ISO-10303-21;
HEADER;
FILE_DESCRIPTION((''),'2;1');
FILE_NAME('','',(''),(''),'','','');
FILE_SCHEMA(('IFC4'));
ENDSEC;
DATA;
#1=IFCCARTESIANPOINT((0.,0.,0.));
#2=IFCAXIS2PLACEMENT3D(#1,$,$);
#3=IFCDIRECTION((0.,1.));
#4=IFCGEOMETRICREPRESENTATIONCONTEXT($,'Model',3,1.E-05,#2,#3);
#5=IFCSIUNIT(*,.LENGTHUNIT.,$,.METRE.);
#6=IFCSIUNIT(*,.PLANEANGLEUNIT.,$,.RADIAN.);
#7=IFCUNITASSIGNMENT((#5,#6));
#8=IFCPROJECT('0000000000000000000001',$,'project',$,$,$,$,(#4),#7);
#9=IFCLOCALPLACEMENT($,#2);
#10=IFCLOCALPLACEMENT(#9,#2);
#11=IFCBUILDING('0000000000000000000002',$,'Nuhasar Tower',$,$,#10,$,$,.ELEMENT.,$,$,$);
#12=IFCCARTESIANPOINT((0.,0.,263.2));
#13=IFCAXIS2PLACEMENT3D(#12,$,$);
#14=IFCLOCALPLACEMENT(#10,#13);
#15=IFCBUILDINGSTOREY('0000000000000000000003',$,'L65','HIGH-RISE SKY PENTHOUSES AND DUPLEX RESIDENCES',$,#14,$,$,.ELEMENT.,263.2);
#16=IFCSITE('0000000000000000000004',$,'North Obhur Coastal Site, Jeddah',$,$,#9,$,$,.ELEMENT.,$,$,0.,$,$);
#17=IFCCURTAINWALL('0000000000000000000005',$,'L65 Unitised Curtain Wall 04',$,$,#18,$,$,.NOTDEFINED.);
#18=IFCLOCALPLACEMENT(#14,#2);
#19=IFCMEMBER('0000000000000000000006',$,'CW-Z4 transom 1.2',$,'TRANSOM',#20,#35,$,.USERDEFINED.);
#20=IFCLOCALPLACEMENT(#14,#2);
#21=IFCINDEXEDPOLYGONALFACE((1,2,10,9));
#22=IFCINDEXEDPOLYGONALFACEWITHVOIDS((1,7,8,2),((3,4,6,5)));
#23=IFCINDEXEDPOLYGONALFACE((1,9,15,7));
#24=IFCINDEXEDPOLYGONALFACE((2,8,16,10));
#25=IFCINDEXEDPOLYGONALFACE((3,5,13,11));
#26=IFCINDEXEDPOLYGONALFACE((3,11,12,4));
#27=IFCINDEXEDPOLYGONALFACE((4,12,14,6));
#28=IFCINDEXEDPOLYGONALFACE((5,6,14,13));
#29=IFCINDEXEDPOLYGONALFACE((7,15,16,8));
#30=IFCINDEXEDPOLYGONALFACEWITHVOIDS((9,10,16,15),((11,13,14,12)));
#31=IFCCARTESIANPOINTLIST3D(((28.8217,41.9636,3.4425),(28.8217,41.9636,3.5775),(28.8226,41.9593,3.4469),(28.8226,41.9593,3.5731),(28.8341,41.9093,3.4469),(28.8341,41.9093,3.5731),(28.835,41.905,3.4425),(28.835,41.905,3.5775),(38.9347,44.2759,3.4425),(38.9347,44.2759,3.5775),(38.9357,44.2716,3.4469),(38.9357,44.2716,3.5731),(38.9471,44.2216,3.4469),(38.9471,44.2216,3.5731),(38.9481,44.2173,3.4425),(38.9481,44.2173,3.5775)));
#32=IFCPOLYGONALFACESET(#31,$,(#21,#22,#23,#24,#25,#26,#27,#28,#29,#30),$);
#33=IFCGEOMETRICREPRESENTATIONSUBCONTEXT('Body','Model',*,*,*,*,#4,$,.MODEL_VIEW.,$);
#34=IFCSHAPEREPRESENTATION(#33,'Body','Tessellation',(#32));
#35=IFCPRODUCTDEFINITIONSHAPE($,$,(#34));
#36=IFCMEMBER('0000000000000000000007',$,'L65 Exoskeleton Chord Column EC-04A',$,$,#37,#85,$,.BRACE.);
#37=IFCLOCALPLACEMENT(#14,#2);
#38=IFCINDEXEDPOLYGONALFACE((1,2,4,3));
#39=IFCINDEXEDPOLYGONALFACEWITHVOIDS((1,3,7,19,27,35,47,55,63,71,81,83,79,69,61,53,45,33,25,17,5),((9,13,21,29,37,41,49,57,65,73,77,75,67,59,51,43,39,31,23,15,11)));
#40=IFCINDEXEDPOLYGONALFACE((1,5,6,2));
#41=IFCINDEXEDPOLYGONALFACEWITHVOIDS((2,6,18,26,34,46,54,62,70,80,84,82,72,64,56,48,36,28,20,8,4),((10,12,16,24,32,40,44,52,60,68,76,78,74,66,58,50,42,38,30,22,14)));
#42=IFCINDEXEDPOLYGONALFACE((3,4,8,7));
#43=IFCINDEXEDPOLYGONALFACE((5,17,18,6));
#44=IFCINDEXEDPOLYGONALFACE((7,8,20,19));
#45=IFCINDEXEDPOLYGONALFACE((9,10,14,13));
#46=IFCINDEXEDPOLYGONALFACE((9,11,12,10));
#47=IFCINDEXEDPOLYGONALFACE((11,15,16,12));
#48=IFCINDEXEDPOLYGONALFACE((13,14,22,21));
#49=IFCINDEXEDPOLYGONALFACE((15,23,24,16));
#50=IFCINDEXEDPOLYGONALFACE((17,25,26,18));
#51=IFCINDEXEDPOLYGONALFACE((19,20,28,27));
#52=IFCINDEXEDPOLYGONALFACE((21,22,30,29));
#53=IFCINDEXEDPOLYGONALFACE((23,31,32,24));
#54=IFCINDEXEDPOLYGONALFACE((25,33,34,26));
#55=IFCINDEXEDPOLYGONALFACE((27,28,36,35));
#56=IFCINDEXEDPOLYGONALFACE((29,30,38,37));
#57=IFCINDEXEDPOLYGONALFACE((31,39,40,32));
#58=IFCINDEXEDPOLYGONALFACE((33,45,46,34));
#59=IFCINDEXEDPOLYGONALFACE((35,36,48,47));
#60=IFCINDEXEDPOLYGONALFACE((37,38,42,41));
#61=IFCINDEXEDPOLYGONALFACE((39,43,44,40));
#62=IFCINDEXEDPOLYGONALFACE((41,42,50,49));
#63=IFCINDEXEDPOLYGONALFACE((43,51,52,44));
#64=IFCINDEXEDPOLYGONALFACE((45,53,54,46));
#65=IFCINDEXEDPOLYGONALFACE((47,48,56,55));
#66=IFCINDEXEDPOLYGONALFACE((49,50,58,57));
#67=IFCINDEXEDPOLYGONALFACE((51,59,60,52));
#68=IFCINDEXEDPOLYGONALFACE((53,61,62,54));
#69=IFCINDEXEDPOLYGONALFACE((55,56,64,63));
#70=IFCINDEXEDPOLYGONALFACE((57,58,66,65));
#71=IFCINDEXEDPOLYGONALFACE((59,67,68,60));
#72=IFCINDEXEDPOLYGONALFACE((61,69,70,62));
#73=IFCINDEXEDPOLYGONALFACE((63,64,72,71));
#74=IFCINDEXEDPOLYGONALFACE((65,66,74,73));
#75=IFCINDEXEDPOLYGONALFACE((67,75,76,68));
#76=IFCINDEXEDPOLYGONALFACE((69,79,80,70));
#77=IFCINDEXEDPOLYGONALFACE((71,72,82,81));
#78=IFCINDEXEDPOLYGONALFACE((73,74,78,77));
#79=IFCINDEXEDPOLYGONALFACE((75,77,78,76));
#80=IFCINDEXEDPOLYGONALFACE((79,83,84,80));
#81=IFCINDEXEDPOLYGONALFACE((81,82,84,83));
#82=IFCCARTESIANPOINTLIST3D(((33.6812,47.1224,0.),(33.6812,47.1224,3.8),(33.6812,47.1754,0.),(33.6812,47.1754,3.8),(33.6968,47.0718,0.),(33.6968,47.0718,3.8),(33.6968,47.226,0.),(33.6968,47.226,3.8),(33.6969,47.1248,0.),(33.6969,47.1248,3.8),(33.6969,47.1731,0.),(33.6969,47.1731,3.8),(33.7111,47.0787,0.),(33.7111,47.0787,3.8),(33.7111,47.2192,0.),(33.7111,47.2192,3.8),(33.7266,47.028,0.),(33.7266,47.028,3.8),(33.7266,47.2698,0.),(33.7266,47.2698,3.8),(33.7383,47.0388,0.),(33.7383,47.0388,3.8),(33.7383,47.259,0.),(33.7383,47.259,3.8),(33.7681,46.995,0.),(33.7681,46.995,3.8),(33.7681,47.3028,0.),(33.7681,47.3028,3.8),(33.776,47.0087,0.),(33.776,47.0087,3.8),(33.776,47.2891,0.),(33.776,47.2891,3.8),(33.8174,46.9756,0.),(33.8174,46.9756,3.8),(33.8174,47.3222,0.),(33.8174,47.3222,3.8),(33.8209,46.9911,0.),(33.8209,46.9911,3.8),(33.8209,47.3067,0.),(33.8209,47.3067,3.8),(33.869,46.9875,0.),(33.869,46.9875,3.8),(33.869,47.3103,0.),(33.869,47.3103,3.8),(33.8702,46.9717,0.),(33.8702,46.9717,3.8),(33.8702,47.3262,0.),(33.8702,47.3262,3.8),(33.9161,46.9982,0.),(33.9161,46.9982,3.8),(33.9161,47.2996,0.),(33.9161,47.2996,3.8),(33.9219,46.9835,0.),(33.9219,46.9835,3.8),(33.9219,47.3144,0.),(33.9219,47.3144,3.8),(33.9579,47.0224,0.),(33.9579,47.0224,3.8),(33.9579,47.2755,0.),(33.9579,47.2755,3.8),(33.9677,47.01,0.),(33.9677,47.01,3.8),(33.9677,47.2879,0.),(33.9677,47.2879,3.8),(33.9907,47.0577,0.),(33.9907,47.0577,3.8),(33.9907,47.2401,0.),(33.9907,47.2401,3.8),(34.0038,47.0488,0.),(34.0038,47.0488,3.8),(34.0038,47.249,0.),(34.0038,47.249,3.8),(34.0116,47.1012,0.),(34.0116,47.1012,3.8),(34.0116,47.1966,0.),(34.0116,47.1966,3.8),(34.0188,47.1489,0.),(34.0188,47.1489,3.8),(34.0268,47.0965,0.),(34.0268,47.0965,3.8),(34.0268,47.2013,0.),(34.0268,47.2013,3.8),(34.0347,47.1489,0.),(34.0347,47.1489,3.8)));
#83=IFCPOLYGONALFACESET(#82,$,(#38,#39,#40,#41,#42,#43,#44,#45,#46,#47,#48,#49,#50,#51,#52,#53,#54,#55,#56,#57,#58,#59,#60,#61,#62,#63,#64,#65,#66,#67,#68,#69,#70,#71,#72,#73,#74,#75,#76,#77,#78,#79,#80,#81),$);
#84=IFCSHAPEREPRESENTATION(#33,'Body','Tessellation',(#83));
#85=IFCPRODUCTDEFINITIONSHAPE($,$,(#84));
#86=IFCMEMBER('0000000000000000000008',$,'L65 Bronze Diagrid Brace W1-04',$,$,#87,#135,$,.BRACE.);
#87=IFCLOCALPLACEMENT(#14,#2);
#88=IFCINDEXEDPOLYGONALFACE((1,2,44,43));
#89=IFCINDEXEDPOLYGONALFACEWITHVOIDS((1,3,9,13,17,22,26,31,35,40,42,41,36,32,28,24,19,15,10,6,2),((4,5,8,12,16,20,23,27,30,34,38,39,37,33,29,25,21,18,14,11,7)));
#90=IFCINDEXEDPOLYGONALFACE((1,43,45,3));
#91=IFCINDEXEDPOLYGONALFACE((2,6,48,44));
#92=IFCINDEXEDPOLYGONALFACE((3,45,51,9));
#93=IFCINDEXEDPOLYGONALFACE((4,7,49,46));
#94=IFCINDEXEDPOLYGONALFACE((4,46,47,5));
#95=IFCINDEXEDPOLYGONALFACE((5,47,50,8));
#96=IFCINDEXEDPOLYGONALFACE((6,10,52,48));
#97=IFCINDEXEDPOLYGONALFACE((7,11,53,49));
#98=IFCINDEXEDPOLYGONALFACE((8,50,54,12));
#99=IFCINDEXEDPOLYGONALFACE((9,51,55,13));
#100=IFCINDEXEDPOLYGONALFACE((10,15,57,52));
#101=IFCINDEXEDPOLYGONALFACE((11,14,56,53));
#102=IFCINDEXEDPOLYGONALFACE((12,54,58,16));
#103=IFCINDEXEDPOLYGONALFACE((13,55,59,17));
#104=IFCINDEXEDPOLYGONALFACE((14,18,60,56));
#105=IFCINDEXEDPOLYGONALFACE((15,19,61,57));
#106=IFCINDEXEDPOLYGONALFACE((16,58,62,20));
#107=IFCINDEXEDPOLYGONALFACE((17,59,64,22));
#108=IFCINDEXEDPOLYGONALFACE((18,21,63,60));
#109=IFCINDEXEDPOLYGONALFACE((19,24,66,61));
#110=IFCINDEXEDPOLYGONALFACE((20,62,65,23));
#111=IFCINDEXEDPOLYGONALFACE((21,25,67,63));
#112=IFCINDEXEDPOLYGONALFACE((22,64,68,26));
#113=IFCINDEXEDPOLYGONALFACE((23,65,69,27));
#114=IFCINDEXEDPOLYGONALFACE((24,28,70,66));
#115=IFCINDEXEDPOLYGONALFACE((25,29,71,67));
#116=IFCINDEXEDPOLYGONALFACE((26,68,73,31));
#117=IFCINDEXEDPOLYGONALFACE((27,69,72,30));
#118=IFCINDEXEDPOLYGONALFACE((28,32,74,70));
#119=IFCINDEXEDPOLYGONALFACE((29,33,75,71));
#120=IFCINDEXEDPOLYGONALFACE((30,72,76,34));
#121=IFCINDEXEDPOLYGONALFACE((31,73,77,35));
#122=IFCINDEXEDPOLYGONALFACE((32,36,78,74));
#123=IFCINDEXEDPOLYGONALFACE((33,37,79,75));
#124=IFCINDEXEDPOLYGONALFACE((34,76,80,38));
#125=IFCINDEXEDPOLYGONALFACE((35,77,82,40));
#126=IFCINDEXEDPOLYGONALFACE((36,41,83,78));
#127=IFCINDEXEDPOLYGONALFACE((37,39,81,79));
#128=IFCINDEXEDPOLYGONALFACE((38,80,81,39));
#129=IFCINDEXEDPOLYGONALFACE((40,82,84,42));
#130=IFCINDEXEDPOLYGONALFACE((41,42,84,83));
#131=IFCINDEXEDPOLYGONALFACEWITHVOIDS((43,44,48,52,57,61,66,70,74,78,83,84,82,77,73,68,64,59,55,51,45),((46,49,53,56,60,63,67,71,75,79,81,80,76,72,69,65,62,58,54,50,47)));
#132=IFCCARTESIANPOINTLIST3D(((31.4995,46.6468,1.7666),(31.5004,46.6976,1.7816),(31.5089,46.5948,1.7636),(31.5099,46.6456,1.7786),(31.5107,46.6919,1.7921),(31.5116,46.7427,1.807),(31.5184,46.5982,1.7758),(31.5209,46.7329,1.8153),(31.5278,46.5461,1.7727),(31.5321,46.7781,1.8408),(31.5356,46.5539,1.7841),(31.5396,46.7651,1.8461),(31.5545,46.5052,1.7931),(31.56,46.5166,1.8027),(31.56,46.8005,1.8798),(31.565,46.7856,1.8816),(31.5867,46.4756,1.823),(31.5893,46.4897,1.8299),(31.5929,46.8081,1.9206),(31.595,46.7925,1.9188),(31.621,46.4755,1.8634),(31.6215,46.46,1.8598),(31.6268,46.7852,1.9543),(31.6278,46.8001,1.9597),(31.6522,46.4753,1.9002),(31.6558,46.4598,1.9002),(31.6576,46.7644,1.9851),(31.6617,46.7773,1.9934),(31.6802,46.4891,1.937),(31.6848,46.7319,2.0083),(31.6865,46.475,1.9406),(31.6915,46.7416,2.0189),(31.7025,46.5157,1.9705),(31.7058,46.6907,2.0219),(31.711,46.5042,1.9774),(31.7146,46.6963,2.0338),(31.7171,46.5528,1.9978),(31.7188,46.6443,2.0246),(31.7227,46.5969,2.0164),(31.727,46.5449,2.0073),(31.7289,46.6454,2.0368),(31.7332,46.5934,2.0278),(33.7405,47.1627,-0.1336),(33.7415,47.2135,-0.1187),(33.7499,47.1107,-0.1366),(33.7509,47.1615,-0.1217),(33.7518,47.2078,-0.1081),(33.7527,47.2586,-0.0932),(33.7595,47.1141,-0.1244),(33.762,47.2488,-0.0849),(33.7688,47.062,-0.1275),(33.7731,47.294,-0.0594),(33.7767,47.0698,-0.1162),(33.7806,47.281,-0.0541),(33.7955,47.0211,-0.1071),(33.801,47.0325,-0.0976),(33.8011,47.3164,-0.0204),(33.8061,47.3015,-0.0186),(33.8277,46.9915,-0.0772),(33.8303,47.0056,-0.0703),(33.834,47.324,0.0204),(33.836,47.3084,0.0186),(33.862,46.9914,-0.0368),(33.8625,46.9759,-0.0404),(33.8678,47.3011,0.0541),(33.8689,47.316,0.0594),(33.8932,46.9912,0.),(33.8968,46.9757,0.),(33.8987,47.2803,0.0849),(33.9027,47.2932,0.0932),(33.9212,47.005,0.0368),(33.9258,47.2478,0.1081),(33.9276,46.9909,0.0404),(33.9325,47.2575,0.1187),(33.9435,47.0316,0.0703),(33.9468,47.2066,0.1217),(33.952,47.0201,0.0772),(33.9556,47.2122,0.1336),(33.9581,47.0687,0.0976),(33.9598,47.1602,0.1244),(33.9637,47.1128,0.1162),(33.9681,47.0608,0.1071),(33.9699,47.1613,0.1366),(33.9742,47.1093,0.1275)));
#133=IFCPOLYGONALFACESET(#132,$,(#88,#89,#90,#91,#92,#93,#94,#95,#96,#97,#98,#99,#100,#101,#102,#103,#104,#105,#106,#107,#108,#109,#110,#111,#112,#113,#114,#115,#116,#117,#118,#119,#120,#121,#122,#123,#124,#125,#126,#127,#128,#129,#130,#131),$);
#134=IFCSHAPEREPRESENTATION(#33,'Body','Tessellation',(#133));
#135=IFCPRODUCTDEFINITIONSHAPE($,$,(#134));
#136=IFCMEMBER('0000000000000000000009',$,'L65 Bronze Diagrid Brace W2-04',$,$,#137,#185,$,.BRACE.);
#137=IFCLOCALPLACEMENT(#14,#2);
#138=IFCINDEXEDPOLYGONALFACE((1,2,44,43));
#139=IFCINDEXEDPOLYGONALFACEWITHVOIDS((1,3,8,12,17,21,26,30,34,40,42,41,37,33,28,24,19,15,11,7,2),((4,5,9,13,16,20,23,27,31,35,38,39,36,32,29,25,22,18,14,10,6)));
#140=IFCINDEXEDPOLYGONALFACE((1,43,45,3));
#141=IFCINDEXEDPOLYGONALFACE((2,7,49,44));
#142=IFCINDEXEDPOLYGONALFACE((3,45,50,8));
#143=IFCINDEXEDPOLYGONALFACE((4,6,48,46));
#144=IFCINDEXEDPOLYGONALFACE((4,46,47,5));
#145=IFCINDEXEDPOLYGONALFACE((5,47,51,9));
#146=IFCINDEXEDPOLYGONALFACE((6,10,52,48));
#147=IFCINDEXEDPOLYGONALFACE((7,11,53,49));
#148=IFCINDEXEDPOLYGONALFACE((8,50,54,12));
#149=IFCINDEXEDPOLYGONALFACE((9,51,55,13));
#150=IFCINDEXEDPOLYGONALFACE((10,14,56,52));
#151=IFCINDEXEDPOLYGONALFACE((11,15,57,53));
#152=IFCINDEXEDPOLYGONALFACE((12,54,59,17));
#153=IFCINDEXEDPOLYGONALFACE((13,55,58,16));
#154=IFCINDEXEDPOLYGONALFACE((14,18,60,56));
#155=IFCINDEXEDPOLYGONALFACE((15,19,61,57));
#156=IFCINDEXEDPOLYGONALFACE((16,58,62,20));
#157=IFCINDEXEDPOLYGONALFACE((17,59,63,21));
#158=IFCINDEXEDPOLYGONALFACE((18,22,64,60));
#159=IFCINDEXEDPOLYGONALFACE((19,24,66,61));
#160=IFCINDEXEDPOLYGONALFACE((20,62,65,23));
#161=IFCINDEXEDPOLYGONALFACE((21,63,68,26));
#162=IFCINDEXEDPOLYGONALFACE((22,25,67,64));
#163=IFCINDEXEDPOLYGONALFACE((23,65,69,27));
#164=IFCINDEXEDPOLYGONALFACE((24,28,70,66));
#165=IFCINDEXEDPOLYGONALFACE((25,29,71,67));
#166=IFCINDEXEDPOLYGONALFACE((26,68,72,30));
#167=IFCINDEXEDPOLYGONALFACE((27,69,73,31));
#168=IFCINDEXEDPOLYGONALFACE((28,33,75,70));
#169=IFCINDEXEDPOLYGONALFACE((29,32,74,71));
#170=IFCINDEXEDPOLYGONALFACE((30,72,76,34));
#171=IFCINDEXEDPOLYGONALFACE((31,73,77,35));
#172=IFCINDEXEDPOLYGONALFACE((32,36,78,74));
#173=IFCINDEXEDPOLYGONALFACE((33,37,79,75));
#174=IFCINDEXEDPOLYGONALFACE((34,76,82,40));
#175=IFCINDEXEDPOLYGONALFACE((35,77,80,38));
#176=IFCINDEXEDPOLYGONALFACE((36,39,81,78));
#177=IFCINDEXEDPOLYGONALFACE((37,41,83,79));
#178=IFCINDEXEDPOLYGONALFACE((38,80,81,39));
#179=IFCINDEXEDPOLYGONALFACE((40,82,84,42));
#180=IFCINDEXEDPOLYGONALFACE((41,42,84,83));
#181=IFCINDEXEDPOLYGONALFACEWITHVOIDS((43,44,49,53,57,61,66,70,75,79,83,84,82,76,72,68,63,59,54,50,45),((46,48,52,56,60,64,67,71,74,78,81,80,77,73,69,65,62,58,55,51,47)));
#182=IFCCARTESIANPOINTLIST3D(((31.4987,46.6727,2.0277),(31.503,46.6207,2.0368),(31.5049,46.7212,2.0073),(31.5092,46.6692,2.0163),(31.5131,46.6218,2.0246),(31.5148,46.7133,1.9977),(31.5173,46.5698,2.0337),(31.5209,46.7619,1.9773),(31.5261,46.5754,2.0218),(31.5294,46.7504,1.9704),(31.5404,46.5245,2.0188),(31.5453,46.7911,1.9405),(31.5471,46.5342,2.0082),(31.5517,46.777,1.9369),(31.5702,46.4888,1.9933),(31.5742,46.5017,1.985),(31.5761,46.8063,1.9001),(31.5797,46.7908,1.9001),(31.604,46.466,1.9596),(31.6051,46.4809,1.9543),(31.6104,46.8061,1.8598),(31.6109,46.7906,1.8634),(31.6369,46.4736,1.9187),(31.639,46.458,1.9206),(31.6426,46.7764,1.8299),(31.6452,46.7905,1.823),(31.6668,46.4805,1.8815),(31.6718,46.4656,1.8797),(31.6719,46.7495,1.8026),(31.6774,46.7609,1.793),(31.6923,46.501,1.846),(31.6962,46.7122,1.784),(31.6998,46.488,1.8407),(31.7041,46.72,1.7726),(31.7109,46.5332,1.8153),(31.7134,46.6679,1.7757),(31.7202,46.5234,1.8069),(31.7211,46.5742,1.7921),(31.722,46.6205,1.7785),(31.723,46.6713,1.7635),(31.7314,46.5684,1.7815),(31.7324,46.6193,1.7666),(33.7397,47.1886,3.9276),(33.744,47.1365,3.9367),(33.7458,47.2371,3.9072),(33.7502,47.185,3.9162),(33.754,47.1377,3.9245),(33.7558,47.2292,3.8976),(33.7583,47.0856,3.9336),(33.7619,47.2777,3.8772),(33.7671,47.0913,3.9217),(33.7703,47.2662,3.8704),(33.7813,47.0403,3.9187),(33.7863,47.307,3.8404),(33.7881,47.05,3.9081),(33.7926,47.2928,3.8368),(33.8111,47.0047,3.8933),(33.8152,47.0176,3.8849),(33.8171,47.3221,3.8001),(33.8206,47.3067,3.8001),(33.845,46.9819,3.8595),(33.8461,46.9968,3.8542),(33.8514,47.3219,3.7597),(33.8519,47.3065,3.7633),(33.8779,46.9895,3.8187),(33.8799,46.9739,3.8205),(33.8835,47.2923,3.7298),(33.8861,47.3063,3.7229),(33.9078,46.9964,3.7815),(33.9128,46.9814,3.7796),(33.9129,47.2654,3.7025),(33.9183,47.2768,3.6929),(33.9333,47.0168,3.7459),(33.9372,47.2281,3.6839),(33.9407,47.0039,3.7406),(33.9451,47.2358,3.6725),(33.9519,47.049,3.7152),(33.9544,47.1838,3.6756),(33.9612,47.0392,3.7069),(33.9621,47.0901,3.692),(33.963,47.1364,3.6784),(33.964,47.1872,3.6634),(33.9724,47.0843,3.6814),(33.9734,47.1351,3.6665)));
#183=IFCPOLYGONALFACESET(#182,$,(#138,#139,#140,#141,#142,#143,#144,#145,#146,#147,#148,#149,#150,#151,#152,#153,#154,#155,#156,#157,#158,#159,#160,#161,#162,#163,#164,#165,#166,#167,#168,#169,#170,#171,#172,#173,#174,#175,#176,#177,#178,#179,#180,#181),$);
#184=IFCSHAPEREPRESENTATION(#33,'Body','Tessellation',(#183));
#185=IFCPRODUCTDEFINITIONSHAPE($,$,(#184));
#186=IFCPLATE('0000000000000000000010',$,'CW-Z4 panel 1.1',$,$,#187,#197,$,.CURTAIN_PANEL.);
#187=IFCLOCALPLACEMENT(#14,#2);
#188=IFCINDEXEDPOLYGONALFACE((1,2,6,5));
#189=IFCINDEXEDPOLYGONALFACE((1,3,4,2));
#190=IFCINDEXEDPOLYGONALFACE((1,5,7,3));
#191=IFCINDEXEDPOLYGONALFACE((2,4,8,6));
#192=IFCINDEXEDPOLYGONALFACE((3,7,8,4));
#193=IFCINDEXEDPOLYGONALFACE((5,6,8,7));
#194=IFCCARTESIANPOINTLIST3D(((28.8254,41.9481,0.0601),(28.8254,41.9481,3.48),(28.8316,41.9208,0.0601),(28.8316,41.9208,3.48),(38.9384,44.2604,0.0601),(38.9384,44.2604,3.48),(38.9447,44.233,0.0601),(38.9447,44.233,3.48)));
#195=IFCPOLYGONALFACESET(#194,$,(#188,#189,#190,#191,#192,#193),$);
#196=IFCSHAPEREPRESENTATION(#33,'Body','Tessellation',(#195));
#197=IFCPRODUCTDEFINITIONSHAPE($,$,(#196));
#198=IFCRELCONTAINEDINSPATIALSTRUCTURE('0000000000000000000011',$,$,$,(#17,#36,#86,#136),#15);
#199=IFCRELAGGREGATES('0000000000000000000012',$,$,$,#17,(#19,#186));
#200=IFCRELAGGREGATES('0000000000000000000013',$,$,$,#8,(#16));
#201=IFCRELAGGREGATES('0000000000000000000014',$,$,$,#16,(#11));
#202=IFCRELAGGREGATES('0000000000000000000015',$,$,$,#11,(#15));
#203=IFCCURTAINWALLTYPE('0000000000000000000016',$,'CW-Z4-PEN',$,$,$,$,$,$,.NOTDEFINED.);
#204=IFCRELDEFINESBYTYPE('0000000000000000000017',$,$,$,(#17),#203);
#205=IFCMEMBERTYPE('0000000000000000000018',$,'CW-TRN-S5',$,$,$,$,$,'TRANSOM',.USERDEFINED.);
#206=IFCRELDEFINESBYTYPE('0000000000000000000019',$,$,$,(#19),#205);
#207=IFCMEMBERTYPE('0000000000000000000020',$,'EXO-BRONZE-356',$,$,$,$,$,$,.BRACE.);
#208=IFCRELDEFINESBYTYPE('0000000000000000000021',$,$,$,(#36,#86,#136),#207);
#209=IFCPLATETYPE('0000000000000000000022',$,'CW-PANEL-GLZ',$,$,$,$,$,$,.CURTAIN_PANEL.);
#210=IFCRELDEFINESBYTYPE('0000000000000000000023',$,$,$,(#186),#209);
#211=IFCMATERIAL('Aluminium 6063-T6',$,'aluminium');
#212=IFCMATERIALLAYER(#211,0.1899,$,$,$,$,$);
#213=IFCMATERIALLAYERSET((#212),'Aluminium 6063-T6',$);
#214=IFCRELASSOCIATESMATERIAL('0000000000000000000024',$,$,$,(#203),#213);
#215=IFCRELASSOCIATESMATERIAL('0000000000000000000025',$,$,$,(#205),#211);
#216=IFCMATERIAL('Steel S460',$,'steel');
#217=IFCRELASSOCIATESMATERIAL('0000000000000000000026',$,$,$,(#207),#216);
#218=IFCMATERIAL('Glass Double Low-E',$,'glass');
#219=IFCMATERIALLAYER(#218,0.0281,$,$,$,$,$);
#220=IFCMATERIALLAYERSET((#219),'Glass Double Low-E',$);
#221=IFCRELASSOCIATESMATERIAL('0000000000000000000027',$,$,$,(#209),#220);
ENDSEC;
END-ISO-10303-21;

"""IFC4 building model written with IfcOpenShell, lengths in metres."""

from ifc_helpers import new_model, si_unit, direction, frame, origin, origin_2d, place, context, subcontext, project, spatial, rectangle, hollow_rectangle, hollow_circle, extrude, material, layer, layer_set, material_profile, profile_set, type_object, element, aggregate, save


model = new_model("IFC4")

# Units and contexts
model_context = context("Model", 3, precision=1e-05, world=origin(), true_north=direction((0.0, 1.0)))
body_context = subcontext(model_context, "Body", "Model", "MODEL_VIEW")
ifc_project = project(units=[si_unit("LENGTHUNIT", "METRE"), si_unit("PLANEANGLEUNIT", "RADIAN")], contexts=[model_context])

# Site, building, storey
site_placement = place(None, origin())
site = spatial("IfcSite", under=ifc_project, at=site_placement, Name="North Obhur Coastal Site, Jeddah", CompositionType="ELEMENT", RefElevation=0.0)
building_placement = place(site_placement, origin())
building = spatial("IfcBuilding", under=site, at=building_placement, Name="Nuhasar Tower", CompositionType="ELEMENT")
storey_placement = place(building_placement, frame((0.0, 0.0, 263.2)))
storey = spatial("IfcBuildingStorey", under=building, at=storey_placement, Name="L65", Description="HIGH-RISE SKY PENTHOUSES AND DUPLEX RESIDENCES", CompositionType="ELEMENT", Elevation=263.2)

# Curtain wall, member
ifc_material_1 = material(Name="Aluminium 6063-T6", Category="aluminium")
ifc_layer_1 = layer(ifc_material_1, 0.1899)
ifc_layer_set_1 = layer_set([ifc_layer_1], Name="Aluminium 6063-T6")
curtain_wall_type = type_object("IfcCurtainWallType", Name="CW-Z4-PEN", PredefinedType="NOTDEFINED", material=ifc_layer_set_1)
curtain_wall_placement = place(storey_placement, origin())
curtain_wall = element("IfcCurtainWall", 1, at=curtain_wall_placement, inside=storey, type_object=curtain_wall_type, Name="L65 Unitised Curtain Wall 04", PredefinedType="NOTDEFINED")
ifc_material_profile_1 = material_profile(ifc_material_1, hollow_rectangle(XDim=0.0601, YDim=0.135, WallThickness=0.0044, at=origin_2d()), Name="CWT-5")
ifc_profile_set_1 = profile_set([ifc_material_profile_1], Name="Aluminium 6063-T6")
member_type_1 = type_object("IfcMemberType", Name="CW-TRN-S5", ElementType="TRANSOM", PredefinedType="USERDEFINED", material=ifc_profile_set_1)
member_1_placement = place(storey_placement, frame((38.9414, 44.2466, 3.51), z_axis=(-0.974844, -0.222889, 0.0), x_axis=(0.222889, -0.974844, 0.0)))
member_1 = element("IfcMember", 2, at=member_1_placement, type_object=member_type_1, Name="CW-Z4 transom 1.2", ObjectType="TRANSOM", PredefinedType="USERDEFINED", context=body_context, shape_type="SweptSolid", body=[
    extrude(hollow_rectangle(XDim=0.0601, YDim=0.135, WallThickness=0.0044, at=origin_2d()), origin(), (0.0, 0.0, 1.0), 10.374),
])

# Members
ifc_material_2 = material(Name="Steel S460", Category="steel")
ifc_material_profile_2 = material_profile(ifc_material_2, hollow_circle(Radius=0.1777, WallThickness=0.0159, at=origin_2d()), Name="HSS355.6X15.9")
ifc_profile_set_2 = profile_set([ifc_material_profile_2], Name="Steel S460")
member_type_2 = type_object("IfcMemberType", Name="EXO-BRONZE-356", PredefinedType="BRACE", material=ifc_profile_set_2)
member_2_placement = place(storey_placement, frame((33.8569, 47.1489, 0.0), z_axis=(0.0, 0.0, 1.0), x_axis=(1.0, 0.0, 0.0)))
element("IfcMember", 3, at=member_2_placement, inside=storey, type_object=member_type_2, Name="L65 Exoskeleton Chord Column EC-04A", PredefinedType="BRACE", context=body_context, shape_type="SweptSolid", body=[
    extrude(hollow_circle(Radius=0.1777, WallThickness=0.0159, at=origin_2d()), origin(), (0.0, 0.0, 1.0), 3.8),
])
member_3_placement = place(storey_placement, frame((33.8569, 47.1489, 0.0), z_axis=(-0.751232, -0.172933, 0.63698), x_axis=(0.224332, -0.974513, 0.0)))
element("IfcMember", 4, at=member_3_placement, inside=storey, type_object=member_type_2, Name="L65 Bronze Diagrid Brace W1-04", PredefinedType="BRACE", context=body_context, shape_type="SweptSolid", body=[
    extrude(hollow_circle(Radius=0.1777, WallThickness=0.0159, at=origin_2d()), origin(), (0.0, 0.0, 1.0), 2.9832),
])
member_4_placement = place(storey_placement, frame((31.616, 46.6331, 1.9001), z_axis=(0.751272, 0.172942, 0.636932), x_axis=(-0.224332, 0.974513, 0.0)))
element("IfcMember", 5, at=member_4_placement, inside=storey, type_object=member_type_2, Name="L65 Bronze Diagrid Brace W2-04", PredefinedType="BRACE", context=body_context, shape_type="SweptSolid", body=[
    extrude(hollow_circle(Radius=0.1777, WallThickness=0.0159, at=origin_2d()), origin(), (0.0, 0.0, 1.0), 2.9829),
])

# Plate
ifc_material_3 = material(Name="Glass Double Low-E", Category="glass")
ifc_layer_2 = layer(ifc_material_3, 0.0281)
ifc_layer_set_2 = layer_set([ifc_layer_2], Name="Glass Double Low-E")
plate_type = type_object("IfcPlateType", Name="CW-PANEL-GLZ", PredefinedType="CURTAIN_PANEL", material=ifc_layer_set_2)
plate_placement = place(storey_placement, frame((33.885, 43.0906, 0.0601), z_axis=(0.0, 0.0, 1.0), x_axis=(-0.974844, -0.222889, 0.0)))
plate = element("IfcPlate", 6, at=plate_placement, type_object=plate_type, Name="CW-Z4 panel 1.1", PredefinedType="CURTAIN_PANEL", context=body_context, shape_type="SweptSolid", body=[
    extrude(rectangle(XDim=10.374, YDim=0.0281, at=origin_2d()), origin(), (0.0, 0.0, 1.0), 3.4199),
])
aggregate(curtain_wall, [member_1, plate])

save(model, "model.ifc")
